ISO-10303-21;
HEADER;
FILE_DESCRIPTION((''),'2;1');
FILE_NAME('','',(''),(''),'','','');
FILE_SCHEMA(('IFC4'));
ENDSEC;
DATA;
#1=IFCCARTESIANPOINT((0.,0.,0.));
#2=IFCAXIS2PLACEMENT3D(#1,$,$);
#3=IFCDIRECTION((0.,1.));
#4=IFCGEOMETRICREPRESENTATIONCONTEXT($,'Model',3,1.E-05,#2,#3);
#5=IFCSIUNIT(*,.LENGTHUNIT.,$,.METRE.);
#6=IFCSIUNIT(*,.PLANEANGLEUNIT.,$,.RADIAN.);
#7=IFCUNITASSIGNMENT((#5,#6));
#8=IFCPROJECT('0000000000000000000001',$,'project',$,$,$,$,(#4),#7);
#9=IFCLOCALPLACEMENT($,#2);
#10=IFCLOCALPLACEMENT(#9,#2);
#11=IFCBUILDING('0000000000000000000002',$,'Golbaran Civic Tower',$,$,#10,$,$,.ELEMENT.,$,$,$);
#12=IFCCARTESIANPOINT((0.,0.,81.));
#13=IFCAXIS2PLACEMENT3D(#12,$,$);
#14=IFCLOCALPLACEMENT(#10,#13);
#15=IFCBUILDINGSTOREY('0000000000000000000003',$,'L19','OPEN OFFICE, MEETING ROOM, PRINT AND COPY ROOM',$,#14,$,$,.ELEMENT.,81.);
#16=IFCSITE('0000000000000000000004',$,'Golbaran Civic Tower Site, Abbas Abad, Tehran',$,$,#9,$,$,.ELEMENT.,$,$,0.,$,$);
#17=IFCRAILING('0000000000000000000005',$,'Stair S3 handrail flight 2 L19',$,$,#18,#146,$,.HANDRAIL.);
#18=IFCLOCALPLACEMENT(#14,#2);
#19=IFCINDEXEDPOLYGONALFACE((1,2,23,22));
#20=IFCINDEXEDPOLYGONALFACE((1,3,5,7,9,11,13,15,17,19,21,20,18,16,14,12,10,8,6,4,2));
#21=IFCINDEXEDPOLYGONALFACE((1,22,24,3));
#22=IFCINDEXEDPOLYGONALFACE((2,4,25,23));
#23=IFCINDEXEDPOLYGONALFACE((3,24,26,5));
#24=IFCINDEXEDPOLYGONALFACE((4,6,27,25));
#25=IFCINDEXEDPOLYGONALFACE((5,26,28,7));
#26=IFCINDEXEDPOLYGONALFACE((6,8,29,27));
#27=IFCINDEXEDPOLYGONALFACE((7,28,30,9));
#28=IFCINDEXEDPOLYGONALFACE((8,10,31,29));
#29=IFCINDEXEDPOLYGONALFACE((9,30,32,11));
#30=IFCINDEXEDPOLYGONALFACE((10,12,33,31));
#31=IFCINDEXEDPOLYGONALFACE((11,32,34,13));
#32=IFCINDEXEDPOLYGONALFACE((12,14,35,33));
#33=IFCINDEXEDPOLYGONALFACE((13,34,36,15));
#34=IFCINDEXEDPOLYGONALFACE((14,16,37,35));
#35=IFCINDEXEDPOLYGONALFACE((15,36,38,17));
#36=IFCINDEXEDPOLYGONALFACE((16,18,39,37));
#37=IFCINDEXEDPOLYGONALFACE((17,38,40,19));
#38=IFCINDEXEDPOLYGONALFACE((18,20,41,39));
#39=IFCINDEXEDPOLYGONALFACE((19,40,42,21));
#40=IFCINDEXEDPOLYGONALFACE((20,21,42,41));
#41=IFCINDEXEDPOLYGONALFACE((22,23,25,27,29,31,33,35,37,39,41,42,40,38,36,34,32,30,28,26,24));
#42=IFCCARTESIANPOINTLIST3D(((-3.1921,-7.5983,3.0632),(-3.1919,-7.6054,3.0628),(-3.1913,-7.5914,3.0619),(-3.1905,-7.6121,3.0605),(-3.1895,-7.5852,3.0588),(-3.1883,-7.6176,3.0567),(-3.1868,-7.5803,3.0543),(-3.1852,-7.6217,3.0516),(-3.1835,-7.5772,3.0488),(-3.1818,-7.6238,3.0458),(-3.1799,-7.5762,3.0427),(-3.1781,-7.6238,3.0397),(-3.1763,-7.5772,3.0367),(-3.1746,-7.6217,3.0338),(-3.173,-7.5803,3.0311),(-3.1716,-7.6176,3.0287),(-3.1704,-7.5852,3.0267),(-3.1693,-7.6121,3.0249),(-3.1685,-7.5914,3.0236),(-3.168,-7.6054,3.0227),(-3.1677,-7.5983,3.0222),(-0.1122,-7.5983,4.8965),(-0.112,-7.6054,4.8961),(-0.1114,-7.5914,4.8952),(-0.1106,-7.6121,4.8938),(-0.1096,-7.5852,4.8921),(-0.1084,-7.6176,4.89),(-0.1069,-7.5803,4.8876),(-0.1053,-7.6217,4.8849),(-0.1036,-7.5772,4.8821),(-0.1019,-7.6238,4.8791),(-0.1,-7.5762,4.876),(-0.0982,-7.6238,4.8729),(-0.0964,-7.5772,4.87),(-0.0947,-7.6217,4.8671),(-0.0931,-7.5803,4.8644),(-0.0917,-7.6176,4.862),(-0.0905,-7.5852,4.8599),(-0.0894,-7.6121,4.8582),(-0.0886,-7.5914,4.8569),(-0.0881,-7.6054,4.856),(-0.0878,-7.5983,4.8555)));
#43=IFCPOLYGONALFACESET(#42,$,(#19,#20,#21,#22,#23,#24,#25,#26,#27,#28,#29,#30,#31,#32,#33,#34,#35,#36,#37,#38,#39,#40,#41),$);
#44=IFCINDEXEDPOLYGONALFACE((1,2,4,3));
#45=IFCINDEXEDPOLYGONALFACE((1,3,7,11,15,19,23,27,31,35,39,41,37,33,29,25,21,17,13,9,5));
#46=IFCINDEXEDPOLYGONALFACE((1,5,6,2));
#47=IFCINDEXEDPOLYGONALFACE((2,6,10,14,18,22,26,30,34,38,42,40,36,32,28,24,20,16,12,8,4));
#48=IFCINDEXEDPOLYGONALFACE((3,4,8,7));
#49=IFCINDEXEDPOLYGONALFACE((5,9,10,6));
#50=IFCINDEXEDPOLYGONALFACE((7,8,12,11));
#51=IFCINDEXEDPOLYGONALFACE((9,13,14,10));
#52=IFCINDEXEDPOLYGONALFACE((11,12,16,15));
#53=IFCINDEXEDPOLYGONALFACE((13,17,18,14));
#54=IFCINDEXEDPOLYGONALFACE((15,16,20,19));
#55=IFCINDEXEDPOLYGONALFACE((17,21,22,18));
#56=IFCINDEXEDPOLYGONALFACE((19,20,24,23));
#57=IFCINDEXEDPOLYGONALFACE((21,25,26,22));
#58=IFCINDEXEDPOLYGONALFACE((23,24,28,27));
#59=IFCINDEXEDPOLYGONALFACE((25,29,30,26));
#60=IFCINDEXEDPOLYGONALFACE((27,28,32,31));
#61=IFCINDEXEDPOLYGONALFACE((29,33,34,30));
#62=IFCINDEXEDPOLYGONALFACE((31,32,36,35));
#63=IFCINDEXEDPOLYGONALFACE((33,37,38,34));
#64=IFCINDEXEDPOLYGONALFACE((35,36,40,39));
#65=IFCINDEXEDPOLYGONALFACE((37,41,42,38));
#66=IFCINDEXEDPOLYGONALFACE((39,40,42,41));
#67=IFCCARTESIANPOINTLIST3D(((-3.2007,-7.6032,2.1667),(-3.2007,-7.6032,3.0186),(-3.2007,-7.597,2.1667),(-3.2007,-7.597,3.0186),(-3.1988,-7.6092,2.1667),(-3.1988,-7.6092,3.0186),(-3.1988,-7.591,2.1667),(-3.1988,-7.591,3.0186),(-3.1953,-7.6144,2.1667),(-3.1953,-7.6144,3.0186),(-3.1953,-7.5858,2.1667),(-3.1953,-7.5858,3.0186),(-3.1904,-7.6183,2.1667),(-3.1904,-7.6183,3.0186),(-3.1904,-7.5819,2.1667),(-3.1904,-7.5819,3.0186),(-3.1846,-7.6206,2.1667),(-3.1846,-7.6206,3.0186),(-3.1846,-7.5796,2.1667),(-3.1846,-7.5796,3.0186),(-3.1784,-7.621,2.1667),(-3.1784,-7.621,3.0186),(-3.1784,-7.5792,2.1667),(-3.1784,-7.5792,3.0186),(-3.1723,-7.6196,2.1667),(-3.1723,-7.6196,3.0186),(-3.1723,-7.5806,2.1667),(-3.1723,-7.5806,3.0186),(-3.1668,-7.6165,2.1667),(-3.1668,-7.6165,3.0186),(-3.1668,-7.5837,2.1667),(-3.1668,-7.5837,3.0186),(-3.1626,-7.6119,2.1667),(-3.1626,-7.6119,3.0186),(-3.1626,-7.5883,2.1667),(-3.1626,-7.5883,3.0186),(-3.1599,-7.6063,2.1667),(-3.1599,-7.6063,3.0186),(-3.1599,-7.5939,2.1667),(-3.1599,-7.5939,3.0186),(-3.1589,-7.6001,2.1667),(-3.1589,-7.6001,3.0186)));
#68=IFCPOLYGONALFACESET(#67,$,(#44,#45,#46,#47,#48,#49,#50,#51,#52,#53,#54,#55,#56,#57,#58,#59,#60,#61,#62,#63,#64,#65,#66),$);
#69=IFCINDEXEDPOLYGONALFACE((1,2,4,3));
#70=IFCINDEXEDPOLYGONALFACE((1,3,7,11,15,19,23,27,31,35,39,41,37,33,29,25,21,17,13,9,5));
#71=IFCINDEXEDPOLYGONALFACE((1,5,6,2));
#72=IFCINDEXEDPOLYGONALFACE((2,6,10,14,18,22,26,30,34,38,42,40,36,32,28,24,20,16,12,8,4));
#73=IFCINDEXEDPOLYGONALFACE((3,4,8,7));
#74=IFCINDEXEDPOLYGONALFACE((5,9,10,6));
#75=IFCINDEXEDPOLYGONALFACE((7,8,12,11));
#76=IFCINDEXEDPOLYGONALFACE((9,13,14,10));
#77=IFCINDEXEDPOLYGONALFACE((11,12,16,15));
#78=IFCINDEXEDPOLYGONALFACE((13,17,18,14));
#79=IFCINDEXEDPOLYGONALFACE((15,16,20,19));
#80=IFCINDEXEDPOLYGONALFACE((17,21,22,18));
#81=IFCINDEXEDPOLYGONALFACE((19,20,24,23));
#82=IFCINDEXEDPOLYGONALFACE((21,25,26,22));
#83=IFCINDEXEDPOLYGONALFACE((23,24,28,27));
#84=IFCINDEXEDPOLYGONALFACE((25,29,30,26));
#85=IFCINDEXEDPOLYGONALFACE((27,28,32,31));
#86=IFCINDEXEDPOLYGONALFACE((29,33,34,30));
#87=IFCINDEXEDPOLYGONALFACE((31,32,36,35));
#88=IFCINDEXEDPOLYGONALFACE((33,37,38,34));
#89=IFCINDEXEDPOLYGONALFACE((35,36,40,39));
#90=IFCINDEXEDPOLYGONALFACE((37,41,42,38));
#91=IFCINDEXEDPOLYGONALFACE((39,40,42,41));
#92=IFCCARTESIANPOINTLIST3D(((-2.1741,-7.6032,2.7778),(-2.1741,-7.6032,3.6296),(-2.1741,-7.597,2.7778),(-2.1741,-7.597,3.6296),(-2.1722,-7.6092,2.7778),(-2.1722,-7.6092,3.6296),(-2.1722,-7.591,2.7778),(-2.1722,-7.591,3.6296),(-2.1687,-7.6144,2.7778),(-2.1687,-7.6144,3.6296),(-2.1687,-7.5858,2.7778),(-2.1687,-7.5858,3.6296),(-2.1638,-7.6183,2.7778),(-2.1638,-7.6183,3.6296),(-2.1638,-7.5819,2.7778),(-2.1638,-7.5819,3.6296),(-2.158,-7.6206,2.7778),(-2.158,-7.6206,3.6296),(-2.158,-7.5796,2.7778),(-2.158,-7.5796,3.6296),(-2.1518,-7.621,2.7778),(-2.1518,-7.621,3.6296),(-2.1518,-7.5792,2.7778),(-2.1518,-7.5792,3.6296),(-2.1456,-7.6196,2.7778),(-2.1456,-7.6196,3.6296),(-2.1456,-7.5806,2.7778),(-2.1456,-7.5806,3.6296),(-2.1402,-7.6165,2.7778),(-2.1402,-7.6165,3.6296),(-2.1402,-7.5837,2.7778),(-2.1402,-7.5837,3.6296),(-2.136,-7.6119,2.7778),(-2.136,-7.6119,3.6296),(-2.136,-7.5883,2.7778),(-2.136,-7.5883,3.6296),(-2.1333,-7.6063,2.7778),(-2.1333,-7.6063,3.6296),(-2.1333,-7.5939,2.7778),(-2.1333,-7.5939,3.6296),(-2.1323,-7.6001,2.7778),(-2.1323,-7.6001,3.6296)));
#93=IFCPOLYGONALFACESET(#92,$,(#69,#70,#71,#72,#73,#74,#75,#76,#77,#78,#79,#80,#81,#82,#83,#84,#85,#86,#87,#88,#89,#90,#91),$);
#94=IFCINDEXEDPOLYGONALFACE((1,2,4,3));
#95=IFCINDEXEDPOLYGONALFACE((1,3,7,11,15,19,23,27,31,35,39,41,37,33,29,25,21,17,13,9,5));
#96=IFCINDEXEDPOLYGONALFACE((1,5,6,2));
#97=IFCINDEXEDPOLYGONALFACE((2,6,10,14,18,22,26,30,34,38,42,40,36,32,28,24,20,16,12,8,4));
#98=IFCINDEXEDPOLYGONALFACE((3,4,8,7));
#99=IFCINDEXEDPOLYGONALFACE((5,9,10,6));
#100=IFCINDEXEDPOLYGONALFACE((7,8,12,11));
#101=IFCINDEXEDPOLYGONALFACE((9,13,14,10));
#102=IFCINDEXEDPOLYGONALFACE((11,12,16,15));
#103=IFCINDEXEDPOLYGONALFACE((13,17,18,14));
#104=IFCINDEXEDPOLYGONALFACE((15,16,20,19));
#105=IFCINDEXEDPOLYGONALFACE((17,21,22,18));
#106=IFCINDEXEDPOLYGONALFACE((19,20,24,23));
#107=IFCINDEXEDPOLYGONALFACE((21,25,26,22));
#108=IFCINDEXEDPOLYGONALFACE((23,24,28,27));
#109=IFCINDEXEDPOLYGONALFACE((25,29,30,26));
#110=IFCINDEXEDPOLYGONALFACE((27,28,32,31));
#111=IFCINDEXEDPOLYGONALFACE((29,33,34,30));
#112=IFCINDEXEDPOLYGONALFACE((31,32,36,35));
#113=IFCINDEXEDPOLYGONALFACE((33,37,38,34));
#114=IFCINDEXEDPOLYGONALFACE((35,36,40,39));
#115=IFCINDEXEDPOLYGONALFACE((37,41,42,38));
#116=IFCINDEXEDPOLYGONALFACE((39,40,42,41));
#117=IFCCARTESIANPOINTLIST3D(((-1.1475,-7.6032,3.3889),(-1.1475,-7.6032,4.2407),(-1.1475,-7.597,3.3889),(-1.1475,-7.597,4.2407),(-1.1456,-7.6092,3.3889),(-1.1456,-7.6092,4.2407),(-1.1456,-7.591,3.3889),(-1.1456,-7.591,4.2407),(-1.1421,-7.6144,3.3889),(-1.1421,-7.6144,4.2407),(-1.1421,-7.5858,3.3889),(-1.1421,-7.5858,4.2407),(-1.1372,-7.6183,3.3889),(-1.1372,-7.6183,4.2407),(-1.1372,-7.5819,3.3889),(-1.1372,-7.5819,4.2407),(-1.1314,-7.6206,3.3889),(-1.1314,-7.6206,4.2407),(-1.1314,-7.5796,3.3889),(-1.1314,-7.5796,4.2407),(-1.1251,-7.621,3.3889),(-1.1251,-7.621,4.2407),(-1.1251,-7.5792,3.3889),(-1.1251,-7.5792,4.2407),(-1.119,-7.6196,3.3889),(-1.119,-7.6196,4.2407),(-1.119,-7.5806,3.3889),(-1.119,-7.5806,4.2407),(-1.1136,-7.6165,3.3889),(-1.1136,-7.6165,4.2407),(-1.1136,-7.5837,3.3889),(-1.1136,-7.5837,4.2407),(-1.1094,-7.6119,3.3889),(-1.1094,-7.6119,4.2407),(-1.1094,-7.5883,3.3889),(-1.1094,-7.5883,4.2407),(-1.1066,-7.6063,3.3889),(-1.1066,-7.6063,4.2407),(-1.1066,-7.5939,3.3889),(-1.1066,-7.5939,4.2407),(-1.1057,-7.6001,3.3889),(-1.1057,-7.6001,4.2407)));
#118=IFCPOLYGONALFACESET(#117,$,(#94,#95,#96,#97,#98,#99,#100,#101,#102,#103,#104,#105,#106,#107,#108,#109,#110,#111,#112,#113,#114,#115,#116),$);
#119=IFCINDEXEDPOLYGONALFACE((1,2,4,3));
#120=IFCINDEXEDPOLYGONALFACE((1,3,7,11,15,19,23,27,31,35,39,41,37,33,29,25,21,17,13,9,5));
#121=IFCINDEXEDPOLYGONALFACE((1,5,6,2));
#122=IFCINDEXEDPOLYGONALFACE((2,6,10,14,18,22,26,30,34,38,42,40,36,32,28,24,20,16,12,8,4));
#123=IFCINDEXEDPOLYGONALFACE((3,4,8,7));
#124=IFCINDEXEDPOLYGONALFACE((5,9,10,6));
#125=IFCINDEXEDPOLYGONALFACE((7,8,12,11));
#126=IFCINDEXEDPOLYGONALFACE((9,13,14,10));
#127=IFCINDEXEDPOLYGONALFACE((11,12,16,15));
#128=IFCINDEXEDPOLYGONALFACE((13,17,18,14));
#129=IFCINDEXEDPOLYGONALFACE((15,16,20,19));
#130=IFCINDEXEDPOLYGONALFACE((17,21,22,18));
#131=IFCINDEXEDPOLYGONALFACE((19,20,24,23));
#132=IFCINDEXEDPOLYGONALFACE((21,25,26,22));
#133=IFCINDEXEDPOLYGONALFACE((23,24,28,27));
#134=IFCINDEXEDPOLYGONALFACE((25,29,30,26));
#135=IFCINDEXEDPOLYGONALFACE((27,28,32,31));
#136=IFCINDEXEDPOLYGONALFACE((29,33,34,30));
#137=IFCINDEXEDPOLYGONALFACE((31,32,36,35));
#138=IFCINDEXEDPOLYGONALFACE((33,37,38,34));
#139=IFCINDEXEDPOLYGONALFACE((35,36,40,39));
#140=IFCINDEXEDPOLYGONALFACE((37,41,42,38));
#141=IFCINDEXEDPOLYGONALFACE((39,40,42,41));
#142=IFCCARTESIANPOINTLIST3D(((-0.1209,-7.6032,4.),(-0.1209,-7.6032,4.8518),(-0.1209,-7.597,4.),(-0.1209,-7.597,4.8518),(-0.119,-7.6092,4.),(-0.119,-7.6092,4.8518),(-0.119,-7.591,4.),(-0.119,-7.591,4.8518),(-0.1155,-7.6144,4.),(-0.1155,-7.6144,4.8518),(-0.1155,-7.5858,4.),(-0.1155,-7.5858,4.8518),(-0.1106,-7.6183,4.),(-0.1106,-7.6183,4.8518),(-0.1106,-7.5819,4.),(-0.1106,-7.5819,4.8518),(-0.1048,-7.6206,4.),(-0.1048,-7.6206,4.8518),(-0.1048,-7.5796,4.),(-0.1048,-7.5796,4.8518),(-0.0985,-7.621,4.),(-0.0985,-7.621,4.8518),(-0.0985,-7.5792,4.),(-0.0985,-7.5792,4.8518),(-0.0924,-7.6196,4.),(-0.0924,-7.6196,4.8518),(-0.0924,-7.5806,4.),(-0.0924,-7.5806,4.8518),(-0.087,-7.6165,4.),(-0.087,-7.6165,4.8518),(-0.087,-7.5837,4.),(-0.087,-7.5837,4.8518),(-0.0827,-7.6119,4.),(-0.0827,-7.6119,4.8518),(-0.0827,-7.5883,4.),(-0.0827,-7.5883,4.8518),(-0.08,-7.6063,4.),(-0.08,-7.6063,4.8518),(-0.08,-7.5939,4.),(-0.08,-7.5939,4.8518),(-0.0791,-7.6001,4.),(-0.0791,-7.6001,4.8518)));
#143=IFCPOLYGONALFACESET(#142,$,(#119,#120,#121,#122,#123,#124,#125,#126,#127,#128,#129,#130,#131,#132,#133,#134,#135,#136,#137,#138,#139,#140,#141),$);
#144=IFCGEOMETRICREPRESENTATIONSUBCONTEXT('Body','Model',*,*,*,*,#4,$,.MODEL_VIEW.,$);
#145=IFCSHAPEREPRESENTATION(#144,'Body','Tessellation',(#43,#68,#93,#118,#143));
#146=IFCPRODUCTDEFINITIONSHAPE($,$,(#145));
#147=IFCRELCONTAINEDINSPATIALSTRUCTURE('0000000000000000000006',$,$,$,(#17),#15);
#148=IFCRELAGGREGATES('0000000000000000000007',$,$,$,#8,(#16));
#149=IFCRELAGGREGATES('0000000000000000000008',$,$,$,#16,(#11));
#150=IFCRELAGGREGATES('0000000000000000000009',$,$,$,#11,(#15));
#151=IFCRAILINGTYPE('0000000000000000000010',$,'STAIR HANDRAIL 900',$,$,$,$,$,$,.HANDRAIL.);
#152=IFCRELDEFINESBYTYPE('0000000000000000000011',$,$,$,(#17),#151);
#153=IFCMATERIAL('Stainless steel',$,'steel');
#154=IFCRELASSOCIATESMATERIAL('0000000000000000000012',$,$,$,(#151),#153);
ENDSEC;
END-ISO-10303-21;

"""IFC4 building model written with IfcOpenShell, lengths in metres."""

from ifc_helpers import new_model, si_unit, direction, frame, origin, origin_2d, place, context, subcontext, project, spatial, circle, extrude, material, type_object, element, save


model = new_model("IFC4")

# Units and contexts
model_context = context("Model", 3, precision=1e-05, world=origin(), true_north=direction((0.0, 1.0)))
body_context = subcontext(model_context, "Body", "Model", "MODEL_VIEW")
ifc_project = project(units=[si_unit("LENGTHUNIT", "METRE"), si_unit("PLANEANGLEUNIT", "RADIAN")], contexts=[model_context])

# Site, building, storey
site_placement = place(None, origin())
site = spatial("IfcSite", under=ifc_project, at=site_placement, Name="Golbaran Civic Tower Site, Abbas Abad, Tehran", CompositionType="ELEMENT", RefElevation=0.0)
building_placement = place(site_placement, origin())
building = spatial("IfcBuilding", under=site, at=building_placement, Name="Golbaran Civic Tower", CompositionType="ELEMENT")
storey_placement = place(building_placement, frame((0.0, 0.0, 81.0)))
storey = spatial("IfcBuildingStorey", under=building, at=storey_placement, Name="L19", Description="OPEN OFFICE, MEETING ROOM, PRINT AND COPY ROOM", CompositionType="ELEMENT", Elevation=81.0)

# Shared definitions
ifc_material_1 = material(Name="Stainless steel", Category="steel")

# Railing
railing_type = type_object("IfcRailingType", Name="STAIR HANDRAIL 900", PredefinedType="HANDRAIL", material=ifc_material_1)
railing_1_placement = place(storey_placement, frame((-3.1799, -7.6001, 2.1667)))
element("IfcRailing", 1, at=railing_1_placement, inside=storey, type_object=railing_type, Name="Stair S3 handrail flight 2 L19", PredefinedType="HANDRAIL", context=body_context, shape_type="SweptSolid", body=[
    extrude(circle(Radius=0.0239, at=origin_2d()), frame((0.0, 0.0, 0.876), z_axis=(0.859291, 0.0, 0.511487), x_axis=(0.0, 1.0, 0.0)), (0.0, 0.0, 1.0), 3.5842),
    extrude(circle(Radius=0.021, at=origin_2d()), origin(), (0.0, 0.0, 1.0), 0.8518),
    extrude(circle(Radius=0.021, at=origin_2d()), frame((1.0266, 0.0, 0.6111)), (0.0, 0.0, 1.0), 0.8518),
    extrude(circle(Radius=0.021, at=origin_2d()), frame((2.0532, 0.0, 1.2222)), (0.0, 0.0, 1.0), 0.8518),
    extrude(circle(Radius=0.021, at=origin_2d()), frame((3.0798, 0.0, 1.8333)), (0.0, 0.0, 1.0), 0.8518),
])

save(model, "model.ifc")
